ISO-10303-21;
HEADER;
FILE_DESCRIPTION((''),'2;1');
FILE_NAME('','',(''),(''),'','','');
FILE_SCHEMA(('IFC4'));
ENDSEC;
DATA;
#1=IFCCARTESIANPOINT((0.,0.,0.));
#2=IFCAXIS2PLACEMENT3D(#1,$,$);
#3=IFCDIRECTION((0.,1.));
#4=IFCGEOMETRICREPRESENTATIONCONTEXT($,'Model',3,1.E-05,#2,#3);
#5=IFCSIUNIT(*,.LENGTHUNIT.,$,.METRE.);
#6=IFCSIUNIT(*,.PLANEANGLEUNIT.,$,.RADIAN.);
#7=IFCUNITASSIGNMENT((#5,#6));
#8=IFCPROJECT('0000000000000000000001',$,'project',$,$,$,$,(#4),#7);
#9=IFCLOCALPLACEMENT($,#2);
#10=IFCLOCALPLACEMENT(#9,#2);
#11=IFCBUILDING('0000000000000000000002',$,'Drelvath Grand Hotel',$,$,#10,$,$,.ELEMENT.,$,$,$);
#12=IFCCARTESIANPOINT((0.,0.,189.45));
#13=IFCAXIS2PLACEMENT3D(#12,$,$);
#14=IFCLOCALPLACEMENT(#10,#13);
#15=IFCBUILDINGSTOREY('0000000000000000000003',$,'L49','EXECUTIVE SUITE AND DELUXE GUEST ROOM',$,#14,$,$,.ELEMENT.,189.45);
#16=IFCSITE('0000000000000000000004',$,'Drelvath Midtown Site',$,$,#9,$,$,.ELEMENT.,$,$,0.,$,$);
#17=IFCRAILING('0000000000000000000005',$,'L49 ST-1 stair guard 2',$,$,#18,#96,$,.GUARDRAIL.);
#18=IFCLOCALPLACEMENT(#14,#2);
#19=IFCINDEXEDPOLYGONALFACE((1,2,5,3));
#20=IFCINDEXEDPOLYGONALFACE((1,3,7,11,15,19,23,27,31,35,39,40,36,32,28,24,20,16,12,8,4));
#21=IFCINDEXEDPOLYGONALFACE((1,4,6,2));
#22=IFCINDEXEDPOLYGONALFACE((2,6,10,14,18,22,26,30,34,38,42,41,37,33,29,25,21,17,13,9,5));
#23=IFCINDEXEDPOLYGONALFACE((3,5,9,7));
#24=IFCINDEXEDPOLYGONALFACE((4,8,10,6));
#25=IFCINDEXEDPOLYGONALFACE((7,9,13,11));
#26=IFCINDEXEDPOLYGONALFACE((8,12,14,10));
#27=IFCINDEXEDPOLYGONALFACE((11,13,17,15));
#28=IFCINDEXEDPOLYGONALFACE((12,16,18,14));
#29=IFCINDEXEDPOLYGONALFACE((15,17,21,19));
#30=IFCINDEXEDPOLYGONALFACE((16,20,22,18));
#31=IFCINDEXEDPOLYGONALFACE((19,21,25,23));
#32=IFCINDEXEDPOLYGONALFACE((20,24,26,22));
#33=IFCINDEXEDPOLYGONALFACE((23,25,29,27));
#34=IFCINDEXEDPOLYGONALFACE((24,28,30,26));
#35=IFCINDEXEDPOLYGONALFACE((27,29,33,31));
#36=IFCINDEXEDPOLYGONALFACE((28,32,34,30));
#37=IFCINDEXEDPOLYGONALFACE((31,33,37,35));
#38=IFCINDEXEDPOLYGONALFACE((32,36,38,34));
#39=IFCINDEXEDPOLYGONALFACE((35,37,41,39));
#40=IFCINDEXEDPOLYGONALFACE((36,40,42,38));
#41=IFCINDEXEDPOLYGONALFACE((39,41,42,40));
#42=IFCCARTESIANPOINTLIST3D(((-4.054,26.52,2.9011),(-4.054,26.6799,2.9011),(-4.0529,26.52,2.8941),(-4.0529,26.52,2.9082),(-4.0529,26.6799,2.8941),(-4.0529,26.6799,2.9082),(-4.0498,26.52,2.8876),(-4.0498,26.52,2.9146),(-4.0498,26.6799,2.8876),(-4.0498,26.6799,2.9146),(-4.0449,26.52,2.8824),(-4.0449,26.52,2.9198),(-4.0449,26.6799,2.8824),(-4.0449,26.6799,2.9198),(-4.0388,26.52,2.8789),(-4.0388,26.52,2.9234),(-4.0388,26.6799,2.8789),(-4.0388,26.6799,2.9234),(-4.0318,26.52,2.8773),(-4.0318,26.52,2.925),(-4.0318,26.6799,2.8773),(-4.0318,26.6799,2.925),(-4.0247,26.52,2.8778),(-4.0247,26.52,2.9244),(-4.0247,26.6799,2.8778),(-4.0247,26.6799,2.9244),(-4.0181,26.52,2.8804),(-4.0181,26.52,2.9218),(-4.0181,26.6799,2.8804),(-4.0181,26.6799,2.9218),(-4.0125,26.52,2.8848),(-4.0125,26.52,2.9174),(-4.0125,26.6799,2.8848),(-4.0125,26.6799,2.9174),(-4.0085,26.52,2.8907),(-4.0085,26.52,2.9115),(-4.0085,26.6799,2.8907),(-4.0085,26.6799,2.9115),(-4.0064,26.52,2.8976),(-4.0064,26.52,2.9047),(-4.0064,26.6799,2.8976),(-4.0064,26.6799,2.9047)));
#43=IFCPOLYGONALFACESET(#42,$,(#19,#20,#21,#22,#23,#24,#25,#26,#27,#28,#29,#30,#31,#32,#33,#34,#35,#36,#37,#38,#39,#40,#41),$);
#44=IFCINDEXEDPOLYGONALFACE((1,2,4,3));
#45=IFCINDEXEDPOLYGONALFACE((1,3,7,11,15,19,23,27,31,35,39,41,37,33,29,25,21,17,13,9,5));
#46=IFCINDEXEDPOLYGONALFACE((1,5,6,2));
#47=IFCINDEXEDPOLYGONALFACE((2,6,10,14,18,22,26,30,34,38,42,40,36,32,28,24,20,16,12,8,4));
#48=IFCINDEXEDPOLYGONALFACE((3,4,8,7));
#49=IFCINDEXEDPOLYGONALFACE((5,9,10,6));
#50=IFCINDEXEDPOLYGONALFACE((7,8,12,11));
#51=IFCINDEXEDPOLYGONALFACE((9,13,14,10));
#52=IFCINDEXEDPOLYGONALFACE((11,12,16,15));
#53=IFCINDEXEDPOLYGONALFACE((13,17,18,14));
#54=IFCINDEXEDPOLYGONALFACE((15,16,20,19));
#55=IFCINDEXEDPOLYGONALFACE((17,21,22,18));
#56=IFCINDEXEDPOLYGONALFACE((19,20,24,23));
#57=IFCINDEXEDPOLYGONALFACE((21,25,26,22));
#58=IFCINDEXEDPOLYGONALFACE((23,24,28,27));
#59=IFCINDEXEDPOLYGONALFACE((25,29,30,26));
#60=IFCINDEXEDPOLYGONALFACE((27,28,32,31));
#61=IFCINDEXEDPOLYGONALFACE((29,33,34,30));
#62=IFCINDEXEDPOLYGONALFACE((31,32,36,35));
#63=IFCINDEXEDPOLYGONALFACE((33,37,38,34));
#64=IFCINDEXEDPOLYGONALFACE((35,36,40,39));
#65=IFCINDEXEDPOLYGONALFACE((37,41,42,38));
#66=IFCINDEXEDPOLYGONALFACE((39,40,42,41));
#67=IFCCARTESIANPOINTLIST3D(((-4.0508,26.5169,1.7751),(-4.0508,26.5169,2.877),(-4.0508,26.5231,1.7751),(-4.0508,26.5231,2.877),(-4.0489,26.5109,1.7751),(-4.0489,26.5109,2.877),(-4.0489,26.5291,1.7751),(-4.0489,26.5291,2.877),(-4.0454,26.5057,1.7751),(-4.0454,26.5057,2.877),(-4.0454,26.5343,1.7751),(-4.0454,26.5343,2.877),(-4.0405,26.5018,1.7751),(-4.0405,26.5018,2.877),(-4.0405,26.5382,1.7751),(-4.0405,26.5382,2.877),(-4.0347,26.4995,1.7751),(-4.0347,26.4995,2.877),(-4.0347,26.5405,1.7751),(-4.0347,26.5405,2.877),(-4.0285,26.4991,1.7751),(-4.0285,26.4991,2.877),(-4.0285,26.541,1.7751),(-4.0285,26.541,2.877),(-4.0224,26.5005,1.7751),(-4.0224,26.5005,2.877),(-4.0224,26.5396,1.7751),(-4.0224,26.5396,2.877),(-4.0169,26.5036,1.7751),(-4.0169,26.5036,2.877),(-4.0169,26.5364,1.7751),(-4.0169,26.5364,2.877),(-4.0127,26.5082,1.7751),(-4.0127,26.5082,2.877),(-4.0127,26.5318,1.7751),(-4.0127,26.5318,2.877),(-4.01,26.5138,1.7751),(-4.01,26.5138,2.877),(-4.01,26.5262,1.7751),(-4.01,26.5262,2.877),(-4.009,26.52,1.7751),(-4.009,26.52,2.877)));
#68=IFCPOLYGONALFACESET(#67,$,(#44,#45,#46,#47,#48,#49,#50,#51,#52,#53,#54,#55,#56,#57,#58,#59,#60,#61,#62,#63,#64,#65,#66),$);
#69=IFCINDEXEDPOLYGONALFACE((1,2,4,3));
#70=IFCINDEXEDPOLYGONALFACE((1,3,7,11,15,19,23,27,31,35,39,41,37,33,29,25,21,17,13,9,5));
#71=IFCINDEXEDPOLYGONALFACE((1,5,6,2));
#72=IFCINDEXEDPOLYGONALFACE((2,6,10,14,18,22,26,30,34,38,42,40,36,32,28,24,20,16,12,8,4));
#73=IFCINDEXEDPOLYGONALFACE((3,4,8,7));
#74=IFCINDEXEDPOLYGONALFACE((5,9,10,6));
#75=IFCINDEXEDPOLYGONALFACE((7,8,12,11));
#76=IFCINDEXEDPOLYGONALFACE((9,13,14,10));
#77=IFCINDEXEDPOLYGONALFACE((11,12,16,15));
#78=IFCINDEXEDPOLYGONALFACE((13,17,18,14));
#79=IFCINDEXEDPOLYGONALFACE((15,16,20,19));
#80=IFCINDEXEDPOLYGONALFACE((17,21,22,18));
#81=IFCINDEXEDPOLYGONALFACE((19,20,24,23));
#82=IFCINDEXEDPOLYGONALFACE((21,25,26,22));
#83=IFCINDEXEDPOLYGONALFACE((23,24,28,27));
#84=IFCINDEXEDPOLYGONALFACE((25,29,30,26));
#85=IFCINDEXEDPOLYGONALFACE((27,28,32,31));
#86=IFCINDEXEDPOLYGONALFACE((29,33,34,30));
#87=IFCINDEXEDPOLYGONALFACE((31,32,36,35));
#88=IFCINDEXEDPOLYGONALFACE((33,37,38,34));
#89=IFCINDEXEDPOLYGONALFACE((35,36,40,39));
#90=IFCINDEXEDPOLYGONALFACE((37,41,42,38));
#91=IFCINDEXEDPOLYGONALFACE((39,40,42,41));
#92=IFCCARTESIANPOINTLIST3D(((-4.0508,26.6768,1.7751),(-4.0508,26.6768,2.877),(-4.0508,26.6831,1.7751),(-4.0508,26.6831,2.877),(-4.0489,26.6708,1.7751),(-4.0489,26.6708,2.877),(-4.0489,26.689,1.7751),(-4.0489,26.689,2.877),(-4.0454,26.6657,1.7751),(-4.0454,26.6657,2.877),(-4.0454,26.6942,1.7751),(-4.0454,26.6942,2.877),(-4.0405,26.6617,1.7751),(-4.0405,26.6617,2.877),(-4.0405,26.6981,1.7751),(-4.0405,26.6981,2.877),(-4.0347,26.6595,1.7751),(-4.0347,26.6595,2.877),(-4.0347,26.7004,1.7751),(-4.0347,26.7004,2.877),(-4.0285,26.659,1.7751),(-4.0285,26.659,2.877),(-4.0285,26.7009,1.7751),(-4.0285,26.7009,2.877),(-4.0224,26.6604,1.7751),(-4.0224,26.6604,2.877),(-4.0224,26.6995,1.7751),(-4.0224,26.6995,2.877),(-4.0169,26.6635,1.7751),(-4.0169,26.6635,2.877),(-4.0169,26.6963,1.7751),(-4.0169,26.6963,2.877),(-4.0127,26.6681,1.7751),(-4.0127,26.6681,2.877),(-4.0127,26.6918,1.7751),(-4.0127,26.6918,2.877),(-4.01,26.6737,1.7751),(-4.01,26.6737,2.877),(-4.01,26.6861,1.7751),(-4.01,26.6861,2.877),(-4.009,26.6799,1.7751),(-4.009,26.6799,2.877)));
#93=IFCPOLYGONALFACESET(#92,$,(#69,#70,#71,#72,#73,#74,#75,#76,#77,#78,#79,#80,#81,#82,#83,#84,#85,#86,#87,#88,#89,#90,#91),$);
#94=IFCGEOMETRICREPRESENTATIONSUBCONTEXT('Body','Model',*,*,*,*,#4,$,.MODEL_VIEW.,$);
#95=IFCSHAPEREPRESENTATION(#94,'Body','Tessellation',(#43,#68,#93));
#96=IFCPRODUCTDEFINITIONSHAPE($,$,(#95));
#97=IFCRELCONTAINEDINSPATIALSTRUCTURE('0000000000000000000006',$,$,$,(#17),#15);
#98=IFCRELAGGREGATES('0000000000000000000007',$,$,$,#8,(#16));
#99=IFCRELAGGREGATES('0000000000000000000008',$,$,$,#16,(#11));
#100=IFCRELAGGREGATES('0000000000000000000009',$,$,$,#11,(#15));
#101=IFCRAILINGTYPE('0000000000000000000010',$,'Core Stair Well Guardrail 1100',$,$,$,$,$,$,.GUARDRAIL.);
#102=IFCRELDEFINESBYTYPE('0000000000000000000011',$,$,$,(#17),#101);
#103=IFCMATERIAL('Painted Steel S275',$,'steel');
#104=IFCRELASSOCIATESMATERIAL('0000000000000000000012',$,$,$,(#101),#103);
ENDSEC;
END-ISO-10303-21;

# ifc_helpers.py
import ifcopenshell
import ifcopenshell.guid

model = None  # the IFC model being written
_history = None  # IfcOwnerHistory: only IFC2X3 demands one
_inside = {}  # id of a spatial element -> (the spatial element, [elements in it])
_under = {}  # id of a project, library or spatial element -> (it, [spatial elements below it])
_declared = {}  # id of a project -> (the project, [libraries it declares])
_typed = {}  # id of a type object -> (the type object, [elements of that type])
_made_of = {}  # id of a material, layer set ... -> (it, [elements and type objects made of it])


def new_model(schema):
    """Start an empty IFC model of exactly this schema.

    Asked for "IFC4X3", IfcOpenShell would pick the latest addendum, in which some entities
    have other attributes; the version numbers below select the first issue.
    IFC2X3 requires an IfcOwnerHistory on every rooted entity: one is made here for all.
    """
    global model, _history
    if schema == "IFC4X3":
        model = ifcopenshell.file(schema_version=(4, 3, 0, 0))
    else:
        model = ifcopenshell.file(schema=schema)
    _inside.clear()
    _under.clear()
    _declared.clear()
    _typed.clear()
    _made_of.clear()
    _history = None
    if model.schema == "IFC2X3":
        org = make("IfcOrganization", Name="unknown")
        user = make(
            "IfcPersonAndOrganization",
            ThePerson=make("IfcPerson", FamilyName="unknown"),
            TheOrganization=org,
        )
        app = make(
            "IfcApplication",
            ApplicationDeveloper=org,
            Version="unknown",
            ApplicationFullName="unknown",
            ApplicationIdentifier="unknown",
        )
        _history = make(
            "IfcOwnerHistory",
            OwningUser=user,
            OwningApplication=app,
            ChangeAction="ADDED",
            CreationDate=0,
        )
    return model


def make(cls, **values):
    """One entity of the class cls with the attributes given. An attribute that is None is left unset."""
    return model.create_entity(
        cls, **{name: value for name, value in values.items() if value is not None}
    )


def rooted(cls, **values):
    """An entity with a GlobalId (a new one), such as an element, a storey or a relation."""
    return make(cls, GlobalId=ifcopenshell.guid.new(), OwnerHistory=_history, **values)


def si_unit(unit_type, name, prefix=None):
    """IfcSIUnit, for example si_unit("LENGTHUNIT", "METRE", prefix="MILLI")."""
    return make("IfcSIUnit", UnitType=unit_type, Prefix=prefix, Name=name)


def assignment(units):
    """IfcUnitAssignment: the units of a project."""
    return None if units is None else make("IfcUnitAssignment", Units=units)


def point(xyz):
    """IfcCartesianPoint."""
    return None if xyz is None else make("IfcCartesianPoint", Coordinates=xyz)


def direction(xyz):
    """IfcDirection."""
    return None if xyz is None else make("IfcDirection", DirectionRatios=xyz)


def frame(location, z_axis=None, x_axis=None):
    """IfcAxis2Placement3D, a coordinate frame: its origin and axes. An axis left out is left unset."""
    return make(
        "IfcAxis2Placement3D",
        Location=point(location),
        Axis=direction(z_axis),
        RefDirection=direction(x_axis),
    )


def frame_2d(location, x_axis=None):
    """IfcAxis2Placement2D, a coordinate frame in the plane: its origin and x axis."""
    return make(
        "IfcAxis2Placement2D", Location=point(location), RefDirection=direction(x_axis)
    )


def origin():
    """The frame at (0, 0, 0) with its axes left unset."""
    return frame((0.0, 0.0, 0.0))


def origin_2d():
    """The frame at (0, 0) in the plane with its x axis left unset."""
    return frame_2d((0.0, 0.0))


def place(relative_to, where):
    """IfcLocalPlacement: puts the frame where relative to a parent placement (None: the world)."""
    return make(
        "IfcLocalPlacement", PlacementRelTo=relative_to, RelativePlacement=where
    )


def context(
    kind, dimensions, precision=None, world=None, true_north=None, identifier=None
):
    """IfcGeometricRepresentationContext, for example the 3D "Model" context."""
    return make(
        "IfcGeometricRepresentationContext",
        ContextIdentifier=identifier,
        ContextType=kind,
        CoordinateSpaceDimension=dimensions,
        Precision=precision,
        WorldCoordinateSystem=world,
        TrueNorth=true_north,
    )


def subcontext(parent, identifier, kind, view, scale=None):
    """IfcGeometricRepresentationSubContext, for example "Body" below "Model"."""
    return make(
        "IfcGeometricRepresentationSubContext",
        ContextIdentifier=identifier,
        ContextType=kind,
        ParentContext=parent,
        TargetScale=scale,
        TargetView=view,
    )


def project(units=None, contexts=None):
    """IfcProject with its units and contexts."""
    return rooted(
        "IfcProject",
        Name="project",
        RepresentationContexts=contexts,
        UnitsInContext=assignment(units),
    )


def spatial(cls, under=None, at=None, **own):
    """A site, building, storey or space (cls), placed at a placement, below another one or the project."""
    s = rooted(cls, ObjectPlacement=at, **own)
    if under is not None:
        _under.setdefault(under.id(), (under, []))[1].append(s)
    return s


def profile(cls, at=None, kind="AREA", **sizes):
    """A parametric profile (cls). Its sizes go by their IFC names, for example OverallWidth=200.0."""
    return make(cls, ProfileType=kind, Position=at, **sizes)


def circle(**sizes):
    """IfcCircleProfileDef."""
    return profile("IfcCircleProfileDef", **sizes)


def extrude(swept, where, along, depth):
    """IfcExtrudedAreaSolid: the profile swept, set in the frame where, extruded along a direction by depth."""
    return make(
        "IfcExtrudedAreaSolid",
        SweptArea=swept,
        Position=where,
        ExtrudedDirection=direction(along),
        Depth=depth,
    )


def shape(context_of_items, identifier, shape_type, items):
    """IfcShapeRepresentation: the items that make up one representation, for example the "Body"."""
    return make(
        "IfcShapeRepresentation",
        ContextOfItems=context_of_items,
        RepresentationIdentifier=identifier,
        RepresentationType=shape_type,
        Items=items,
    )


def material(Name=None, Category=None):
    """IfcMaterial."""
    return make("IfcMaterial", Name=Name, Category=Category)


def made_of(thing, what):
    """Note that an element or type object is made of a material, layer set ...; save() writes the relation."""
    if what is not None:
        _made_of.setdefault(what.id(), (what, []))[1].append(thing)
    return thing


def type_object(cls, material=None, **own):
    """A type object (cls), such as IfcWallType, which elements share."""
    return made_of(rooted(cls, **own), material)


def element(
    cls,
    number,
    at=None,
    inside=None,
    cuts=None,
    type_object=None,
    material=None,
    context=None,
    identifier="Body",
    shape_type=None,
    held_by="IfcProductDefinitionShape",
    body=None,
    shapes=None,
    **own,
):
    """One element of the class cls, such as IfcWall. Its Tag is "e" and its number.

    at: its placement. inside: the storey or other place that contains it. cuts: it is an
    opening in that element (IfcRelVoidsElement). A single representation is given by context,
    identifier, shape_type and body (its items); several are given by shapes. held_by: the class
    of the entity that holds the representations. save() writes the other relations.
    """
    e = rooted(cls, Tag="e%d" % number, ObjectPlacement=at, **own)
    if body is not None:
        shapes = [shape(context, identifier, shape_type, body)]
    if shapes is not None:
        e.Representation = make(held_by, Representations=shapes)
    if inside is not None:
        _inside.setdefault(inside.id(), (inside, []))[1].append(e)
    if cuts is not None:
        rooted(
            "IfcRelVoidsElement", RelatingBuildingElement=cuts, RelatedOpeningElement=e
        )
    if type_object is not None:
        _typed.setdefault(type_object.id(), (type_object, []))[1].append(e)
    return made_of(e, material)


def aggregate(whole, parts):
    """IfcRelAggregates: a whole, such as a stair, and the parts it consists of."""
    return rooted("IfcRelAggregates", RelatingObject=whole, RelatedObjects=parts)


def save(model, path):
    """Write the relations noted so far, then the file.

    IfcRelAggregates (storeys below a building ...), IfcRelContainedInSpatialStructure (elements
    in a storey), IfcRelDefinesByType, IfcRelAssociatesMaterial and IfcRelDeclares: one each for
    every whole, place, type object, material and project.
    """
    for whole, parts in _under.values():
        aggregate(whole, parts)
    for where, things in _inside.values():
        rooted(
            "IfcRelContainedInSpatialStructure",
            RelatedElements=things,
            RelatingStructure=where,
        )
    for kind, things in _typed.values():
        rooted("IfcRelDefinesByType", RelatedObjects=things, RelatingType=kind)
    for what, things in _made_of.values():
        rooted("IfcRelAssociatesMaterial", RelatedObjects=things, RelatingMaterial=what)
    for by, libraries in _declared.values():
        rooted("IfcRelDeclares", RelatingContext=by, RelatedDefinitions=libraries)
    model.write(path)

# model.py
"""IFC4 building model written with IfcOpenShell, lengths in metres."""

from ifc_helpers import new_model, si_unit, direction, frame, origin, origin_2d, place, context, subcontext, project, spatial, circle, extrude, material, type_object, element, save


model = new_model("IFC4")

# Units and contexts
model_context = context("Model", 3, precision=1e-05, world=origin(), true_north=direction((0.0, 1.0)))
body_context = subcontext(model_context, "Body", "Model", "MODEL_VIEW")
ifc_project = project(units=[si_unit("LENGTHUNIT", "METRE"), si_unit("PLANEANGLEUNIT", "RADIAN")], contexts=[model_context])

# Site, building, storey
site_placement = place(None, origin())
site = spatial("IfcSite", under=ifc_project, at=site_placement, Name="Drelvath Midtown Site", CompositionType="ELEMENT", RefElevation=0.0)
building_placement = place(site_placement, origin())
building = spatial("IfcBuilding", under=site, at=building_placement, Name="Drelvath Grand Hotel", CompositionType="ELEMENT")
storey_placement = place(building_placement, frame((0.0, 0.0, 189.45)))
storey = spatial("IfcBuildingStorey", under=building, at=storey_placement, Name="L49", Description="EXECUTIVE SUITE AND DELUXE GUEST ROOM", CompositionType="ELEMENT", Elevation=189.45)

# Shared definitions
ifc_material_1 = material(Name="Painted Steel S275", Category="steel")

# Railing
railing_type_1 = type_object("IfcRailingType", Name="Core Stair Well Guardrail 1100", PredefinedType="GUARDRAIL", material=ifc_material_1)
railing_1_placement = place(storey_placement, frame((-4.03, 26.52, 1.7751)))
element("IfcRailing", 1, at=railing_1_placement, inside=storey, type_object=railing_type_1, Name="L49 ST-1 stair guard 2", PredefinedType="GUARDRAIL", context=body_context, shape_type="SweptSolid", body=[
    extrude(circle(Radius=0.0239, at=origin_2d()), frame((0.0, 0.0, 1.126), z_axis=(0.0, 1.0, 0.0), x_axis=(-1.0, 0.0, 0.0)), (0.0, 0.0, 1.0), 0.1599),
    extrude(circle(Radius=0.021, at=origin_2d()), origin(), (0.0, 0.0, 1.0), 1.1018),
    extrude(circle(Radius=0.021, at=origin_2d()), frame((0.0, 0.1599, 0.0)), (0.0, 0.0, 1.0), 1.1018),
])

save(model, "model.ifc")
